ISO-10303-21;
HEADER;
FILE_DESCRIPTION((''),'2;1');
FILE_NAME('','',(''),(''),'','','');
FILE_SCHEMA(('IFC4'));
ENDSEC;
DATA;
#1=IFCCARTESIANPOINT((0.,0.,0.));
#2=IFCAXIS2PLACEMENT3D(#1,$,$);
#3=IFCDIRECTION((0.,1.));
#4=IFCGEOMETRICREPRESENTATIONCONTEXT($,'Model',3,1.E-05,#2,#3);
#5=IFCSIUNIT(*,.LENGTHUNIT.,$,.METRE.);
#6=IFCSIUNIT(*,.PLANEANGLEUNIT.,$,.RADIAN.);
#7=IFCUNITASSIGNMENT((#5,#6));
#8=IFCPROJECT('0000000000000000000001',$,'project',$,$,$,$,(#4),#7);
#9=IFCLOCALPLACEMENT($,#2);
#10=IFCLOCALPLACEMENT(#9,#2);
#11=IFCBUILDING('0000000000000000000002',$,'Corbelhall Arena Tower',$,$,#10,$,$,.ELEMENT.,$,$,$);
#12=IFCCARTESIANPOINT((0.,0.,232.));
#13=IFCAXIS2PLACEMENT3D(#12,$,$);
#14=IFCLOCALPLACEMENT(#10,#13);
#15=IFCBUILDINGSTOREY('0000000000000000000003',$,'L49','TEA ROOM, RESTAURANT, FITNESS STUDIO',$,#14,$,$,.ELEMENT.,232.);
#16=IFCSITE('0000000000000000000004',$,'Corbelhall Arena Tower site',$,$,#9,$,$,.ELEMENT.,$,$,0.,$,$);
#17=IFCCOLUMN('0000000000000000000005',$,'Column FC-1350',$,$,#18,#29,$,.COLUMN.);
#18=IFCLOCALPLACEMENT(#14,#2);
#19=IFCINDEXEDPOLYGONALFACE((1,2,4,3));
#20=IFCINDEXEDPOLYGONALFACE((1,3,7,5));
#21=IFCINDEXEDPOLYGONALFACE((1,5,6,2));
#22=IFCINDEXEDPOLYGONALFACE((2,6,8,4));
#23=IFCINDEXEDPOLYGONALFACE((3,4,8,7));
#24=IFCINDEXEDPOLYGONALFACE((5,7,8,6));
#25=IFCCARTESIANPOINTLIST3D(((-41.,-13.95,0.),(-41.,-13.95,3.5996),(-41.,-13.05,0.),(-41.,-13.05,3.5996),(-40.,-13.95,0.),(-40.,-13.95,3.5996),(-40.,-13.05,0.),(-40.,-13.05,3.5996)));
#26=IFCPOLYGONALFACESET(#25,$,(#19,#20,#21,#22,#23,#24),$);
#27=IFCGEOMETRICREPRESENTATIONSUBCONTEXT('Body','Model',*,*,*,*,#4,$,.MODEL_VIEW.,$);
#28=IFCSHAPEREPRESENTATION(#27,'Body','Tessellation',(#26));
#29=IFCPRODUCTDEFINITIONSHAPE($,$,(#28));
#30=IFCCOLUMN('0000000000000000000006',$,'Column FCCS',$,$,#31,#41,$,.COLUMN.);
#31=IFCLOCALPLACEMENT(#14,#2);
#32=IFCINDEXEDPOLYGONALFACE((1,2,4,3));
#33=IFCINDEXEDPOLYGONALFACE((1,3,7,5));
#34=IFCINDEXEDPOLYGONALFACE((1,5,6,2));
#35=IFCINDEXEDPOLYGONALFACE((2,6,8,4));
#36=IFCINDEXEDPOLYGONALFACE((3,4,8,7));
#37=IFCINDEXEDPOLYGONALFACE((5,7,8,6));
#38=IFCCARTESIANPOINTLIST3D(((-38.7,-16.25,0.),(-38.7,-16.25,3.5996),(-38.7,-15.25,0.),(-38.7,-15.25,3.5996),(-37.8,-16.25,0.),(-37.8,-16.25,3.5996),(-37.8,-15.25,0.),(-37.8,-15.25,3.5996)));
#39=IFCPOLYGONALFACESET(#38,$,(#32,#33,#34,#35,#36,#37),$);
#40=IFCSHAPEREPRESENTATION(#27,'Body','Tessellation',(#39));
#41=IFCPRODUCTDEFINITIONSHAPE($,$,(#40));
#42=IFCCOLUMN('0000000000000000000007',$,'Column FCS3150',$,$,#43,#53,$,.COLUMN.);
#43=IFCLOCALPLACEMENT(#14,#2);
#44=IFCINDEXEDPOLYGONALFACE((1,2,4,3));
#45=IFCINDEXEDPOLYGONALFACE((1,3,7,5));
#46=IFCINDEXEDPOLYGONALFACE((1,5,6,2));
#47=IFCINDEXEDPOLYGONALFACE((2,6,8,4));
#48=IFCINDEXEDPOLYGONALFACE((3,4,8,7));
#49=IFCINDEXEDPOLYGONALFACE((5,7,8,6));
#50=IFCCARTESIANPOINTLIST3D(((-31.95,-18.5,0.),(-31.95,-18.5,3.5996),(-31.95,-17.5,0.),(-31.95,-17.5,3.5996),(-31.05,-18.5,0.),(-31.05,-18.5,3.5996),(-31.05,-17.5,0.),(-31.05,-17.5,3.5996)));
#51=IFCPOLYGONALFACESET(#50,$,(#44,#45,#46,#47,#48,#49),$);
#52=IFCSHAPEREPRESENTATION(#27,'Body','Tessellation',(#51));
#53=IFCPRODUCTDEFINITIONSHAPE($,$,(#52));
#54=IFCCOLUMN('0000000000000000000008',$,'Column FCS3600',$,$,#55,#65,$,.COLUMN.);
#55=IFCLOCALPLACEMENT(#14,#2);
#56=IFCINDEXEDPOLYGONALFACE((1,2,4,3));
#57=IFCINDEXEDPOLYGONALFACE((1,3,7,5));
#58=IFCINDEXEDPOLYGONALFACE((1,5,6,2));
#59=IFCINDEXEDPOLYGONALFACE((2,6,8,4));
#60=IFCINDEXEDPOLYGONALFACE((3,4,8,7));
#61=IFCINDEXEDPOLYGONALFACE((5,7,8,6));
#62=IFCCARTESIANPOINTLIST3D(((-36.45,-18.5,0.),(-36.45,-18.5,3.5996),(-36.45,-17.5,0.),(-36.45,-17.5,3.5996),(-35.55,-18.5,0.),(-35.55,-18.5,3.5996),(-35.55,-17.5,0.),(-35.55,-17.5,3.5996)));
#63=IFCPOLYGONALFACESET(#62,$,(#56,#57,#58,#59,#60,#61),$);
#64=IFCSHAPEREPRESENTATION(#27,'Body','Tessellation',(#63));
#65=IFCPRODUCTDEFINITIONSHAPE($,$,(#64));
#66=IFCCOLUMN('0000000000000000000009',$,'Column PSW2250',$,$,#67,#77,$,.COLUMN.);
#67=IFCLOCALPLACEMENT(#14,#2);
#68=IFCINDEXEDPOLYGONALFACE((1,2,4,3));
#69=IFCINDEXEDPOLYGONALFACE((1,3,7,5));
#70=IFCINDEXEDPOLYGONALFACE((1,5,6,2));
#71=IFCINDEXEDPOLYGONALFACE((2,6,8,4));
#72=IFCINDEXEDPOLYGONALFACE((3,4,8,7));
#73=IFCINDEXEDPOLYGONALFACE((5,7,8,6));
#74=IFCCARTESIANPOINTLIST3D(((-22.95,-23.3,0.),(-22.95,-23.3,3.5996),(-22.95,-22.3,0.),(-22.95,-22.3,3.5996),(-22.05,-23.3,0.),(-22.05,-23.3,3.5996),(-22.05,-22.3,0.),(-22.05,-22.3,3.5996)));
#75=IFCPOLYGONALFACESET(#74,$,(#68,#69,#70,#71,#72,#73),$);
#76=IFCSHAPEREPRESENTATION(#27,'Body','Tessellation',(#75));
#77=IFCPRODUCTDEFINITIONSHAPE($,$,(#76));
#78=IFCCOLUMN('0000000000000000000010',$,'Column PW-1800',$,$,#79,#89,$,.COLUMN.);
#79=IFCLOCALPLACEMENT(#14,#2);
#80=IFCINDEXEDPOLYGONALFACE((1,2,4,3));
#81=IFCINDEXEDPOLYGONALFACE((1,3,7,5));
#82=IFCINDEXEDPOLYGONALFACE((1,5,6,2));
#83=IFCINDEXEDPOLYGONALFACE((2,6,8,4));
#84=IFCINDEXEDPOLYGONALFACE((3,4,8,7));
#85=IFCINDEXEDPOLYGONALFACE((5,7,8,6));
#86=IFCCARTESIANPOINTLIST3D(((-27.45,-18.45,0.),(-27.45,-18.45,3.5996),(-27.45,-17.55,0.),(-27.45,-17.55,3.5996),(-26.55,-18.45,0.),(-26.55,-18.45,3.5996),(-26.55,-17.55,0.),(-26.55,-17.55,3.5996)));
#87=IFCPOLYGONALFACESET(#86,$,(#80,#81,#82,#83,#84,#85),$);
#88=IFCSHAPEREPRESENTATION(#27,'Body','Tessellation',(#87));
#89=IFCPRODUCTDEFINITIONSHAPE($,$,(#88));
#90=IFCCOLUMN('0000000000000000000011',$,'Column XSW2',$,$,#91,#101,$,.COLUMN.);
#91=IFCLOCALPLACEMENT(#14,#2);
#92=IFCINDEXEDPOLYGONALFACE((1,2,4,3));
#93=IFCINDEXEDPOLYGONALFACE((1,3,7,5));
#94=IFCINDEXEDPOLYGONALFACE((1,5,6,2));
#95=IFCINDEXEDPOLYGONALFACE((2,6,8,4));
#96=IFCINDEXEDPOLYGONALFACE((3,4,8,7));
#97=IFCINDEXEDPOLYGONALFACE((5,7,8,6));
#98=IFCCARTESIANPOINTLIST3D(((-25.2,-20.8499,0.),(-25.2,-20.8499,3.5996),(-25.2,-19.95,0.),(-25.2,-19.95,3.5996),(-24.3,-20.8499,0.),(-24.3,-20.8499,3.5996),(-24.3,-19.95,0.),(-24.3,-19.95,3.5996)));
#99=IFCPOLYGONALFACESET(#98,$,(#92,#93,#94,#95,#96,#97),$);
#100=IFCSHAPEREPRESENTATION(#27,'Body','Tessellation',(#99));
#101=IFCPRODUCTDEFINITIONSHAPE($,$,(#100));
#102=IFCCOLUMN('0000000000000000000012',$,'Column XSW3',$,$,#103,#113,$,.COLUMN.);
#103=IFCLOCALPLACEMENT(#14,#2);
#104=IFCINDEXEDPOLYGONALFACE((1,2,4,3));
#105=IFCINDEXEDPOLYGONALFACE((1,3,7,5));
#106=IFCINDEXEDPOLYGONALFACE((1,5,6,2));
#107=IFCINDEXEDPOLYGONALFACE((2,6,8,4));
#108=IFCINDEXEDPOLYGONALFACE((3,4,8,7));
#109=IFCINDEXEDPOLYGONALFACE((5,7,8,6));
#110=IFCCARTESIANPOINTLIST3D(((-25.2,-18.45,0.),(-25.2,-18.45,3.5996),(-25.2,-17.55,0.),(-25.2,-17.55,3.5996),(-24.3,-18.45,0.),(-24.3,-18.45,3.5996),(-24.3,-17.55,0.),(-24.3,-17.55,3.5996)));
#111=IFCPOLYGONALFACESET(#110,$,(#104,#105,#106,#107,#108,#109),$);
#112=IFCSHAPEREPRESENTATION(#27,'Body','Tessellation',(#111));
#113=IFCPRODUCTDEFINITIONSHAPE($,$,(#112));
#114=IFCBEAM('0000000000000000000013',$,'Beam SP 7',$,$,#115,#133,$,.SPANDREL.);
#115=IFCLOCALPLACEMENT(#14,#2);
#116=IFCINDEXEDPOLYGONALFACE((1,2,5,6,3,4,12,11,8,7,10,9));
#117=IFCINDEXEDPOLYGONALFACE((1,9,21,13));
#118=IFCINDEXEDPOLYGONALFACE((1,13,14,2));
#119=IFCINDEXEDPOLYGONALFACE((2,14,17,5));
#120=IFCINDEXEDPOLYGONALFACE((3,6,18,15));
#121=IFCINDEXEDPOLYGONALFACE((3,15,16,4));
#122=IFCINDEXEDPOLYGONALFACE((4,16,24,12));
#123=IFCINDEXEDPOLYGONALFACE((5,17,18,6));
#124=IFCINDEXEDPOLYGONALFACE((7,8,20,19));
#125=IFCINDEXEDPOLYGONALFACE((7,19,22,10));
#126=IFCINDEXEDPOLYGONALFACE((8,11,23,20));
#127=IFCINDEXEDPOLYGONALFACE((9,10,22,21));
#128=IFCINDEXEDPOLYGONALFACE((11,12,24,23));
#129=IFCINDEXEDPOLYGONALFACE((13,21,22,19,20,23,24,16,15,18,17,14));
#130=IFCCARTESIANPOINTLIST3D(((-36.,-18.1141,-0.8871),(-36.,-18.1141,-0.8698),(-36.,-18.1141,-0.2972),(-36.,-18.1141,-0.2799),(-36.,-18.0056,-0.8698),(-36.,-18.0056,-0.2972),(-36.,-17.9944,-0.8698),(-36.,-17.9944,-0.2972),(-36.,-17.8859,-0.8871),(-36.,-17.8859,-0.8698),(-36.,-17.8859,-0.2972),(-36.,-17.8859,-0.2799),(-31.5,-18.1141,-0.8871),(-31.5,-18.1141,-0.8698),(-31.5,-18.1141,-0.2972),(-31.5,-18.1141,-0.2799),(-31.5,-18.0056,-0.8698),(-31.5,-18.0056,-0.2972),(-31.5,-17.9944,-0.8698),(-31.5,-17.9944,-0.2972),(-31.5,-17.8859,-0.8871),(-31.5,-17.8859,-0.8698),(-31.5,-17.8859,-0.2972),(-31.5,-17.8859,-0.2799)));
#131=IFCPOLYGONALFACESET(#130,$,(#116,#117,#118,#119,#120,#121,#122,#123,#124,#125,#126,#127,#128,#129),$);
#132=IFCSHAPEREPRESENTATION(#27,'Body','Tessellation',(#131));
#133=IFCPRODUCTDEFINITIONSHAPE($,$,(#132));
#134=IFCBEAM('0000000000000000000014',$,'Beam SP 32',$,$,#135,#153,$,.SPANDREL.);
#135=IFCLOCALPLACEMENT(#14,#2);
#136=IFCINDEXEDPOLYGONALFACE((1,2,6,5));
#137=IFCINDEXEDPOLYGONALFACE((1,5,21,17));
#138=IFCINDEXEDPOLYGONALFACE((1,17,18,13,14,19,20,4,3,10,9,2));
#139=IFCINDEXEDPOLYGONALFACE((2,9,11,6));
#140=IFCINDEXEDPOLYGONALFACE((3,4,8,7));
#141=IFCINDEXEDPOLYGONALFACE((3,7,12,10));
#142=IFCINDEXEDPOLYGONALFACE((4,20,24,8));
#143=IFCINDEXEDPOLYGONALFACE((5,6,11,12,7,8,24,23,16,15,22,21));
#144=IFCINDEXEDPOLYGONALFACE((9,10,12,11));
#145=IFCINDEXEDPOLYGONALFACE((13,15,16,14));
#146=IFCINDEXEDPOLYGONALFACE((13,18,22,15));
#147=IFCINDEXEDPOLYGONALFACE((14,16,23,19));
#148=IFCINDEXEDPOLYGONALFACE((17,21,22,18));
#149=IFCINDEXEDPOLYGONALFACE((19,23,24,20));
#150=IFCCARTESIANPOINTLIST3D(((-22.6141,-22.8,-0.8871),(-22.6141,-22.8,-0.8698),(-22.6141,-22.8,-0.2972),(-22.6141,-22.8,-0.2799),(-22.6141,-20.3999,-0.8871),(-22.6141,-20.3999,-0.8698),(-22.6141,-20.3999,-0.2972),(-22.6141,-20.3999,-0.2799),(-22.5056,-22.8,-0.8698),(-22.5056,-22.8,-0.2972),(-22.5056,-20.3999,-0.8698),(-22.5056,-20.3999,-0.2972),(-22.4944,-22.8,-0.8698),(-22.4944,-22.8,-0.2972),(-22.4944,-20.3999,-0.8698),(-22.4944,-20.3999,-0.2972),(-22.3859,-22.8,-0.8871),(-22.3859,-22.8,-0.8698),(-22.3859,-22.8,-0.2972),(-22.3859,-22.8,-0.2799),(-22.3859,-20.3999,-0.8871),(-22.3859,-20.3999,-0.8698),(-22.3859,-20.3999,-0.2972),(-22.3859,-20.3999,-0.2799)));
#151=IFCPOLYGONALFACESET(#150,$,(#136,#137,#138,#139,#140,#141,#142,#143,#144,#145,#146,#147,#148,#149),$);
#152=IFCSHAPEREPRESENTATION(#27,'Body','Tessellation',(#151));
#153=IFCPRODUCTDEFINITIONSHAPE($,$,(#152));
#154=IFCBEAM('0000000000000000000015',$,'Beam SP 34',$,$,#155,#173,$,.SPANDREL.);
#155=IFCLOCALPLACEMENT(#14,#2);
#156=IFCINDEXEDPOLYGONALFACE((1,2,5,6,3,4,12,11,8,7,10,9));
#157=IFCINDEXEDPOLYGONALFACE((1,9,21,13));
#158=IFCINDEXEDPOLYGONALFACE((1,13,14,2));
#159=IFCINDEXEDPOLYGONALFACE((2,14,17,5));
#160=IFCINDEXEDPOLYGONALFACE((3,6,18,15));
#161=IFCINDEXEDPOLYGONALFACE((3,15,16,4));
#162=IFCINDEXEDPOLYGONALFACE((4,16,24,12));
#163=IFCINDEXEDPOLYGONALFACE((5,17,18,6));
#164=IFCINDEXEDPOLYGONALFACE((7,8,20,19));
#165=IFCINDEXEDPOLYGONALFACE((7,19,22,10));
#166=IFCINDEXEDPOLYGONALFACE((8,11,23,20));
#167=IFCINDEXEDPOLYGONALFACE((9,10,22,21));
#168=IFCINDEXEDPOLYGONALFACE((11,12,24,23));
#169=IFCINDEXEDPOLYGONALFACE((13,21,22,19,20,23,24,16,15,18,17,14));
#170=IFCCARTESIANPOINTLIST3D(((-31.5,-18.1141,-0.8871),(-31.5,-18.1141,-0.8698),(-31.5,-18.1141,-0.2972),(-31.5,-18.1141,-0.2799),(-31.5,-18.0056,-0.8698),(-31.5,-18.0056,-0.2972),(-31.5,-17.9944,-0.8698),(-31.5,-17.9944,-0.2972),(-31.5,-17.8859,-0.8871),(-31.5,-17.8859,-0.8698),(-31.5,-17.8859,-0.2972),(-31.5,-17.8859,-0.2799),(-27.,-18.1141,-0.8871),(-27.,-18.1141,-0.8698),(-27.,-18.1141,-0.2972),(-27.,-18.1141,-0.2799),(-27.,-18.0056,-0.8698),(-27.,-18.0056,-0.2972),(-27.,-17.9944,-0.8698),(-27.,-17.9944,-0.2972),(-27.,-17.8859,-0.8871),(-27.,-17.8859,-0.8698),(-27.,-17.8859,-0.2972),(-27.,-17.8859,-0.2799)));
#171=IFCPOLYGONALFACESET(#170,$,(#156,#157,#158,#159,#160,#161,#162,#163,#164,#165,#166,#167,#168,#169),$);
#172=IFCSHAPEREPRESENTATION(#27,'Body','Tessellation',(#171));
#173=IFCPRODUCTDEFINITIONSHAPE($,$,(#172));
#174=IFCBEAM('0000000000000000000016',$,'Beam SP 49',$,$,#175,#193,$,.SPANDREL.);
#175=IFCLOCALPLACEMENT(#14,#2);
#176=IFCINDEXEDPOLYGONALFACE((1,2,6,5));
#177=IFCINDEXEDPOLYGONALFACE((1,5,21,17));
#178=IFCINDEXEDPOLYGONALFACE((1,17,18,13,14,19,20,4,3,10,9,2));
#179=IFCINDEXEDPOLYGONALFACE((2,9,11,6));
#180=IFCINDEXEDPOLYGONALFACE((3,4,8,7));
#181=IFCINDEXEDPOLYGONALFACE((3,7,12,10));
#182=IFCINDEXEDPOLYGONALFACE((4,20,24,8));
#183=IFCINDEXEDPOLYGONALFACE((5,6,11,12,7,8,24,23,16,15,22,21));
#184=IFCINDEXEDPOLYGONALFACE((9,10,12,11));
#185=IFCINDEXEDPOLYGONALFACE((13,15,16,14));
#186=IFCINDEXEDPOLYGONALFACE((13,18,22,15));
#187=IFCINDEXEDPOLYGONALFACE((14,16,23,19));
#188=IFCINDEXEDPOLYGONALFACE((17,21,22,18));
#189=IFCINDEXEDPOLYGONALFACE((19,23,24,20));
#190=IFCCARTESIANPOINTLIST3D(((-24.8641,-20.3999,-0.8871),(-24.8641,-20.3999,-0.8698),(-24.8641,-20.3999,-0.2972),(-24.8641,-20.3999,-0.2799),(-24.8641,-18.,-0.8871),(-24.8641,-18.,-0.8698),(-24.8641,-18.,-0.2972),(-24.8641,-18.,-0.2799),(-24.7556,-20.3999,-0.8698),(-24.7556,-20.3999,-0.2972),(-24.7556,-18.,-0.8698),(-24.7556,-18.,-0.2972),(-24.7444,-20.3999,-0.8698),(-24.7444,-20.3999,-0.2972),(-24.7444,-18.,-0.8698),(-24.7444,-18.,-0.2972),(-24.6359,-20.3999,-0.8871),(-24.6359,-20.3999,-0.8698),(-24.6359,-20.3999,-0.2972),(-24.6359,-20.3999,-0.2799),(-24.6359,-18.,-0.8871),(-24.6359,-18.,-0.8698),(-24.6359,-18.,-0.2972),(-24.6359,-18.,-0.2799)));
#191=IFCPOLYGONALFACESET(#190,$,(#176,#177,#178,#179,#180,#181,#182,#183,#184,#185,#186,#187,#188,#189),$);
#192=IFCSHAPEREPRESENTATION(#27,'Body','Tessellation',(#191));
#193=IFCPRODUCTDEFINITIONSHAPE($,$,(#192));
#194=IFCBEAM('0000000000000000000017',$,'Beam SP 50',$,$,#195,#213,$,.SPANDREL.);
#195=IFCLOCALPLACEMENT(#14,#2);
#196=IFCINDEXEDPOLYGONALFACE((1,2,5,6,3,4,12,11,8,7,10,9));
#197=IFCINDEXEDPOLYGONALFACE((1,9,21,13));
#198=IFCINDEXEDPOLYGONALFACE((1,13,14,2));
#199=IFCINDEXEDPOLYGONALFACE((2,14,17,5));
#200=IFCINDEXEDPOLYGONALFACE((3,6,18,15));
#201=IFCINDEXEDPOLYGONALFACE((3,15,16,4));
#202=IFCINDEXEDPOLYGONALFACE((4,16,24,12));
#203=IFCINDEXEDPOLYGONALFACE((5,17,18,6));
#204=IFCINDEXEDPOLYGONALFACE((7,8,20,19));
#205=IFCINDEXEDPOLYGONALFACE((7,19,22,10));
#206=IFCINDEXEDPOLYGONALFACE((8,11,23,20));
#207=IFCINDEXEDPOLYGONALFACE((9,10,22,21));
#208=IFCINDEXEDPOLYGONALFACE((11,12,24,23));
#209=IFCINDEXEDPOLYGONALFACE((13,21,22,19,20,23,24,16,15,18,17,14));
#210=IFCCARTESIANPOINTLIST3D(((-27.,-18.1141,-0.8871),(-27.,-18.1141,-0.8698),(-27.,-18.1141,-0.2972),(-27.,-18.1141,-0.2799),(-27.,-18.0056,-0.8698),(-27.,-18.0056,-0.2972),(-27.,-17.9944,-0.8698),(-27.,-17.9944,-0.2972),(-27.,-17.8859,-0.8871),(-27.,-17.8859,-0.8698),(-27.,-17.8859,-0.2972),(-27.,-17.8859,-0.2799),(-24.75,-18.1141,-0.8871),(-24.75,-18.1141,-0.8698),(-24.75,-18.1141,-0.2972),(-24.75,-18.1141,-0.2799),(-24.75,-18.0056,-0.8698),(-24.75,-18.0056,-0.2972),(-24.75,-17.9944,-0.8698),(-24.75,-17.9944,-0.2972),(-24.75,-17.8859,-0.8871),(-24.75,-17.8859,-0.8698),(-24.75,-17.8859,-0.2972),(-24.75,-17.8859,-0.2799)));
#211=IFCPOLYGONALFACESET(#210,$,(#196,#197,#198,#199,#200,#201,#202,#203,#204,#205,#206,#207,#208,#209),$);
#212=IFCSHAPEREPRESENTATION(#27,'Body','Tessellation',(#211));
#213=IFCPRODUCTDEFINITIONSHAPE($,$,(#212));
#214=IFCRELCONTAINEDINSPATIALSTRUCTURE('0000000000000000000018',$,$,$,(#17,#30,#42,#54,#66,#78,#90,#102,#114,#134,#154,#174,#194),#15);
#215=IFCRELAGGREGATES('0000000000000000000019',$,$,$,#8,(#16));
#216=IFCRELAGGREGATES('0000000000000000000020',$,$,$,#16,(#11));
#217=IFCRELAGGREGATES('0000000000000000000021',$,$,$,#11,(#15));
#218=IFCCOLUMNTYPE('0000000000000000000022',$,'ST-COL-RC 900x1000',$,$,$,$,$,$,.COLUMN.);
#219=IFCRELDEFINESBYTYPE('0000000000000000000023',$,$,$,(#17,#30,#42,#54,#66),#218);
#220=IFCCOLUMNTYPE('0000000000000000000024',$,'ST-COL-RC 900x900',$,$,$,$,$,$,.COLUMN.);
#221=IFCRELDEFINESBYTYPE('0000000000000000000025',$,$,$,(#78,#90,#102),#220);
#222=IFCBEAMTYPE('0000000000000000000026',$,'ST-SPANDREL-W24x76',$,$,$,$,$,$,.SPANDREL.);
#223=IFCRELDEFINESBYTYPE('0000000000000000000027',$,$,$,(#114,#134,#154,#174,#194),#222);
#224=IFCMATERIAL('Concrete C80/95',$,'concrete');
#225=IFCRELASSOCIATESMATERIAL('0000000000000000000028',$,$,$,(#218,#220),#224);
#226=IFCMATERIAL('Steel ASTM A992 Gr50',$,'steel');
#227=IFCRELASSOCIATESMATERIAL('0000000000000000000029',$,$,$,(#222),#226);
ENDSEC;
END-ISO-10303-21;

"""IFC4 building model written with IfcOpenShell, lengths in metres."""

from ifc_helpers import new_model, si_unit, direction, frame, origin, origin_2d, place, context, subcontext, project, spatial, rectangle, i_section, extrude, material, material_profile, profile_set, type_object, element, save


model = new_model("IFC4")

# Units and contexts
model_context = context("Model", 3, precision=1e-05, world=origin(), true_north=direction((0.0, 1.0)))
body_context = subcontext(model_context, "Body", "Model", "MODEL_VIEW")
ifc_project = project(units=[si_unit("LENGTHUNIT", "METRE"), si_unit("PLANEANGLEUNIT", "RADIAN")], contexts=[model_context])

# Site, building, storey
site_placement = place(None, origin())
site = spatial("IfcSite", under=ifc_project, at=site_placement, Name="Corbelhall Arena Tower site", CompositionType="ELEMENT", RefElevation=0.0)
building_placement = place(site_placement, origin())
building = spatial("IfcBuilding", under=site, at=building_placement, Name="Corbelhall Arena Tower", CompositionType="ELEMENT")
storey_placement = place(building_placement, frame((0.0, 0.0, 232.0)))
storey = spatial("IfcBuildingStorey", under=building, at=storey_placement, Name="L49", Description="TEA ROOM, RESTAURANT, FITNESS STUDIO", CompositionType="ELEMENT", Elevation=232.0)

# Columns
ifc_material_1 = material(Name="Concrete C80/95", Category="concrete")
ifc_material_profile_1 = material_profile(ifc_material_1, rectangle(XDim=0.8999, YDim=1.0, at=origin_2d()))
ifc_profile_set_1 = profile_set([ifc_material_profile_1], Name="Concrete C80/95")
column_type_1 = type_object("IfcColumnType", Name="ST-COL-RC 900x1000", PredefinedType="COLUMN", material=ifc_profile_set_1)
for number, where, z_axis, x_axis, name in (
    (1, (-40.5, -13.5, 0.0), (0.0, 0.0, 1.0), (0.0, 1.0, 0.0), "Column FC-1350"),
    (2, (-38.25, -15.75, 0.0), (0.0, 0.0, 1.0), (1.0, 0.0, 0.0), "Column FCCS"),
    (3, (-31.5, -18.0, 0.0), (0.0, 0.0, 1.0), (1.0, 0.0, 0.0), "Column FCS3150"),
    (4, (-36.0, -18.0, 0.0), (0.0, 0.0, 1.0), (1.0, 0.0, 0.0), "Column FCS3600"),
    (5, (-22.5, -22.8, 0.0), (0.0, 0.0, 1.0), (1.0, 0.0, 0.0), "Column PSW2250"),
):
    element("IfcColumn", number, at=place(storey_placement, frame(where, z_axis=z_axis, x_axis=x_axis)), inside=storey, type_object=column_type_1, Name=name, PredefinedType="COLUMN", context=body_context, shape_type="SweptSolid", body=[
        extrude(rectangle(XDim=0.8999, YDim=1.0, at=origin_2d()), origin(), (0.0, 0.0, 1.0), 3.5996),
    ])
ifc_material_profile_2 = material_profile(ifc_material_1, rectangle(XDim=0.8999, YDim=0.8999, at=origin_2d()))
ifc_profile_set_2 = profile_set([ifc_material_profile_2], Name="Concrete C80/95")
column_type_2 = type_object("IfcColumnType", Name="ST-COL-RC 900x900", PredefinedType="COLUMN", material=ifc_profile_set_2)
for number, where, z_axis, x_axis, name in (
    (6, (-27.0, -18.0, 0.0), (0.0, 0.0, 1.0), (1.0, 0.0, 0.0), "Column PW-1800"),
    (7, (-24.75, -20.3999, 0.0), (0.0, 0.0, 1.0), (1.0, 0.0, 0.0), "Column XSW2"),
    (8, (-24.75, -18.0, 0.0), (0.0, 0.0, 1.0), (1.0, 0.0, 0.0), "Column XSW3"),
):
    element("IfcColumn", number, at=place(storey_placement, frame(where, z_axis=z_axis, x_axis=x_axis)), inside=storey, type_object=column_type_2, Name=name, PredefinedType="COLUMN", context=body_context, shape_type="SweptSolid", body=[
        extrude(rectangle(XDim=0.8999, YDim=0.8999, at=origin_2d()), origin(), (0.0, 0.0, 1.0), 3.5996),
    ])

# Beams
ifc_material_2 = material(Name="Steel ASTM A992 Gr50", Category="steel")
ifc_material_profile_3 = material_profile(ifc_material_2, i_section(OverallWidth=0.2283, OverallDepth=0.6072, WebThickness=0.0112, FlangeThickness=0.0173, at=origin_2d()))
ifc_profile_set_3 = profile_set([ifc_material_profile_3], Name="Steel ASTM A992 Gr50")
beam_type = type_object("IfcBeamType", Name="ST-SPANDREL-W24x76", PredefinedType="SPANDREL", material=ifc_profile_set_3)
beam_1_placement = place(storey_placement, frame((-31.5, -18.0, -0.5835), z_axis=(-1.0, 0.0, 0.0), x_axis=(0.0, -1.0, 0.0)))
element("IfcBeam", 9, at=beam_1_placement, inside=storey, type_object=beam_type, Name="Beam SP 7", PredefinedType="SPANDREL", context=body_context, shape_type="SweptSolid", body=[
    extrude(i_section(OverallWidth=0.2283, OverallDepth=0.6072, WebThickness=0.0112, FlangeThickness=0.0173, at=origin_2d()), origin(), (0.0, 0.0, 1.0), 4.5),
])
beam_2_placement = place(storey_placement, frame((-22.5, -22.8, -0.5835), z_axis=(0.0, 1.0, 0.0), x_axis=(-1.0, 0.0, 0.0)))
element("IfcBeam", 10, at=beam_2_placement, inside=storey, type_object=beam_type, Name="Beam SP 32", PredefinedType="SPANDREL", context=body_context, shape_type="SweptSolid", body=[
    extrude(i_section(OverallWidth=0.2283, OverallDepth=0.6072, WebThickness=0.0112, FlangeThickness=0.0173, at=origin_2d()), origin(), (0.0, 0.0, 1.0), 2.4001),
])
beam_3_placement = place(storey_placement, frame((-27.0, -18.0, -0.5835), z_axis=(-1.0, 0.0, 0.0), x_axis=(0.0, -1.0, 0.0)))
element("IfcBeam", 11, at=beam_3_placement, inside=storey, type_object=beam_type, Name="Beam SP 34", PredefinedType="SPANDREL", context=body_context, shape_type="SweptSolid", body=[
    extrude(i_section(OverallWidth=0.2283, OverallDepth=0.6072, WebThickness=0.0112, FlangeThickness=0.0173, at=origin_2d()), origin(), (0.0, 0.0, 1.0), 4.5),
])
beam_4_placement = place(storey_placement, frame((-24.75, -20.3999, -0.5835), z_axis=(0.0, 1.0, 0.0), x_axis=(-1.0, 0.0, 0.0)))
element("IfcBeam", 12, at=beam_4_placement, inside=storey, type_object=beam_type, Name="Beam SP 49", PredefinedType="SPANDREL", context=body_context, shape_type="SweptSolid", body=[
    extrude(i_section(OverallWidth=0.2283, OverallDepth=0.6072, WebThickness=0.0112, FlangeThickness=0.0173, at=origin_2d()), origin(), (0.0, 0.0, 1.0), 2.3999),
])
beam_5_placement = place(storey_placement, frame((-24.75, -18.0, -0.5835), z_axis=(-1.0, 0.0, 0.0), x_axis=(0.0, -1.0, 0.0)))
element("IfcBeam", 13, at=beam_5_placement, inside=storey, type_object=beam_type, Name="Beam SP 50", PredefinedType="SPANDREL", context=body_context, shape_type="SweptSolid", body=[
    extrude(i_section(OverallWidth=0.2283, OverallDepth=0.6072, WebThickness=0.0112, FlangeThickness=0.0173, at=origin_2d()), origin(), (0.0, 0.0, 1.0), 2.25),
])

save(model, "model.ifc")
